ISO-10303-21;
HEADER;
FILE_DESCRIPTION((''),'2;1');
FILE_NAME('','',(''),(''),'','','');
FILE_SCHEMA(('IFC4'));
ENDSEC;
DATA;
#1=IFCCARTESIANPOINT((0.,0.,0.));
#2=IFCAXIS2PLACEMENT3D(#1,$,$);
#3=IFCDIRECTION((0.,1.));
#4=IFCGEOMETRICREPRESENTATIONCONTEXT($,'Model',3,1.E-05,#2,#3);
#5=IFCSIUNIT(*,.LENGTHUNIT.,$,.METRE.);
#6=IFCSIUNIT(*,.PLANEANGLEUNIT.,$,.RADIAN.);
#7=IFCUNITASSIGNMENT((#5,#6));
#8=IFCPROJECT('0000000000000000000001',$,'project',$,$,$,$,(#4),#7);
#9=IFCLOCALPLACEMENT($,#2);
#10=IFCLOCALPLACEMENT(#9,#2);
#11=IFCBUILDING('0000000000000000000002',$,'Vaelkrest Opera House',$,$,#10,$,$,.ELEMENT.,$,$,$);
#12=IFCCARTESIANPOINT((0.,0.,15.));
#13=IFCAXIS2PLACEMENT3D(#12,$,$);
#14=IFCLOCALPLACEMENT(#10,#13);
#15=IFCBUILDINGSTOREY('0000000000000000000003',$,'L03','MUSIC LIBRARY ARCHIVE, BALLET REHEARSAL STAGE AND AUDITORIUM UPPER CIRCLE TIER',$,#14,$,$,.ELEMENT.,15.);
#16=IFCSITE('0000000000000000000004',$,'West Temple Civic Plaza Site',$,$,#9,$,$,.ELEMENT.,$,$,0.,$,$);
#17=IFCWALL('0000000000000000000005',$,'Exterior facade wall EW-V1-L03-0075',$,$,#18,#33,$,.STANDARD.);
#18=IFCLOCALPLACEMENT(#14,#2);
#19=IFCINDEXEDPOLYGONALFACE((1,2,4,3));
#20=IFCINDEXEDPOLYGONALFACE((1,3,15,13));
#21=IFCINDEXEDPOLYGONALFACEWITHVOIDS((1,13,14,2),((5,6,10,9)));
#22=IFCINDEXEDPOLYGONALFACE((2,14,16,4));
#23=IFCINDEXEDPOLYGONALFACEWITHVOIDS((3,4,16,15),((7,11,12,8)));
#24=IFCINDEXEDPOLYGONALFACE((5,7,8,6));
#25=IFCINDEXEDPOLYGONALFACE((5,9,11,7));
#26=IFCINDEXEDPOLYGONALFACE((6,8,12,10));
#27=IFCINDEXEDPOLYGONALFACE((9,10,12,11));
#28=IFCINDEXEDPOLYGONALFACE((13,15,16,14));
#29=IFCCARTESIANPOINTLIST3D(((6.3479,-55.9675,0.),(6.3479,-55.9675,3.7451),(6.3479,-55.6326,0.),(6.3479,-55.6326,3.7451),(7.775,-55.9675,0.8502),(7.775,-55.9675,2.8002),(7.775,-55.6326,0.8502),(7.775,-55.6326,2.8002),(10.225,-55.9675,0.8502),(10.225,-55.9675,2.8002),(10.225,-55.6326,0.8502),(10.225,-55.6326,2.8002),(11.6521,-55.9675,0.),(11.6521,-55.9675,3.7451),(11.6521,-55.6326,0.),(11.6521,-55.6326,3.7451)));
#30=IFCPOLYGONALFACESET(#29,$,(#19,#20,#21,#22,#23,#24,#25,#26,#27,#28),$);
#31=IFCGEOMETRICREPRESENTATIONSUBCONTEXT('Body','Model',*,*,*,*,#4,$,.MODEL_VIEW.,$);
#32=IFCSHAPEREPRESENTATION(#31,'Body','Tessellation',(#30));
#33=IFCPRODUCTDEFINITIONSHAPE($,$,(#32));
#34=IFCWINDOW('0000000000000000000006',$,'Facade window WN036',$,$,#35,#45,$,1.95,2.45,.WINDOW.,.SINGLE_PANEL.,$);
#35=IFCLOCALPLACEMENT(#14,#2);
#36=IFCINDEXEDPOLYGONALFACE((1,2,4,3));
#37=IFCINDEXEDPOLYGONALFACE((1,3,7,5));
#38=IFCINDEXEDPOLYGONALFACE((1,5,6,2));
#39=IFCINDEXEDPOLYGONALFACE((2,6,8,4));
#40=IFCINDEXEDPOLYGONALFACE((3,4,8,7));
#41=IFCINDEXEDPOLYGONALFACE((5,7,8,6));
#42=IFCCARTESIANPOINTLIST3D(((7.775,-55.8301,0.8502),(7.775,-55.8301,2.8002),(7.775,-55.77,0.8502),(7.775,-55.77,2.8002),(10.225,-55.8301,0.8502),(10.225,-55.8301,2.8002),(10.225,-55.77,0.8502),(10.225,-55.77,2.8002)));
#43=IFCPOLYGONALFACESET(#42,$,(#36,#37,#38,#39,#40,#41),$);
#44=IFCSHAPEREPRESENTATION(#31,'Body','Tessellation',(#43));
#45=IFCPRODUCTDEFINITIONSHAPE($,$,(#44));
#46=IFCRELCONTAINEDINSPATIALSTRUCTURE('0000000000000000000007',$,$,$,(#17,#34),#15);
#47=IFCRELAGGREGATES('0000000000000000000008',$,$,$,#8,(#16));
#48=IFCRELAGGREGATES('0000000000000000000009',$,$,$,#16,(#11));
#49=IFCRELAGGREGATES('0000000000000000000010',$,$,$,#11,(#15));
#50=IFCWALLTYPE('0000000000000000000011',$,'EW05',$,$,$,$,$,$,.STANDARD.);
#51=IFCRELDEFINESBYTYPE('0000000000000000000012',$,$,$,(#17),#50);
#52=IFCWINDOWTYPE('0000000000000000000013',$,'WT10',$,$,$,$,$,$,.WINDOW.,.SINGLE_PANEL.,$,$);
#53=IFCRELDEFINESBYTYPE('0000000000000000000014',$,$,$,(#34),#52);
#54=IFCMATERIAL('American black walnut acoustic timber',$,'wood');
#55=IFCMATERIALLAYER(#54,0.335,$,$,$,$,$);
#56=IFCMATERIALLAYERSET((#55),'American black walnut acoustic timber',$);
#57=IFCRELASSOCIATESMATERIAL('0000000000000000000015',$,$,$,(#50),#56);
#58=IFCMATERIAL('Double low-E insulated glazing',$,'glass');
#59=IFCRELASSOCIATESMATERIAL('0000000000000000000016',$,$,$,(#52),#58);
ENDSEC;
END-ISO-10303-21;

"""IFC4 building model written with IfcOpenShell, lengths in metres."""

from ifc_helpers import new_model, si_unit, direction, frame, frame_2d, origin, place, context, subcontext, project, spatial, rectangle, extrude, material, layer, layer_set, type_object, element, fill, save


model = new_model("IFC4")

# Units and contexts
model_context = context("Model", 3, precision=1e-05, world=origin(), true_north=direction((0.0, 1.0)))
body_context = subcontext(model_context, "Body", "Model", "MODEL_VIEW")
ifc_project = project(units=[si_unit("LENGTHUNIT", "METRE"), si_unit("PLANEANGLEUNIT", "RADIAN")], contexts=[model_context])

# Site, building, storey
site_placement = place(None, origin())
site = spatial("IfcSite", under=ifc_project, at=site_placement, Name="West Temple Civic Plaza Site", CompositionType="ELEMENT", RefElevation=0.0)
building_placement = place(site_placement, origin())
building = spatial("IfcBuilding", under=site, at=building_placement, Name="Vaelkrest Opera House", CompositionType="ELEMENT")
storey_placement = place(building_placement, frame((0.0, 0.0, 15.0)))
storey = spatial("IfcBuildingStorey", under=building, at=storey_placement, Name="L03", Description="MUSIC LIBRARY ARCHIVE, BALLET REHEARSAL STAGE AND AUDITORIUM UPPER CIRCLE TIER", CompositionType="ELEMENT", Elevation=15.0)

# Wall, opening, window
ifc_material_1 = material(Name="American black walnut acoustic timber", Category="wood")
ifc_layer_1 = layer(ifc_material_1, 0.335)
ifc_layer_set_1 = layer_set([ifc_layer_1], Name="American black walnut acoustic timber")
wall_type = type_object("IfcWallType", Name="EW05", PredefinedType="STANDARD", material=ifc_layer_set_1)
wall_placement = place(storey_placement, frame((11.6521, -55.8, 0.0), z_axis=(0.0, 0.0, 1.0), x_axis=(-1.0, 0.0, 0.0)))
wall = element("IfcWall", 1, at=wall_placement, inside=storey, type_object=wall_type, Name="Exterior facade wall EW-V1-L03-0075", PredefinedType="STANDARD", context=body_context, shape_type="SweptSolid", body=[
    extrude(rectangle(XDim=5.3042, YDim=0.335, at=frame_2d((2.6521, 0.0))), origin(), (0.0, 0.0, 1.0), 3.7451),
])
opening_placement = place(wall_placement, frame((1.427, 0.0, 0.8501)))
opening = element("IfcOpeningElement", 2, at=opening_placement, cuts=wall, PredefinedType="OPENING", context=body_context, shape_type="SweptSolid", body=[
    extrude(rectangle(XDim=2.45, YDim=1.95, at=frame_2d((1.2251, 0.9751))), frame((0.0, 0.1775, 0.0), z_axis=(0.0, -1.0, 0.0), x_axis=(1.0, 0.0, 0.0)), (0.0, 0.0, 1.0), 0.355),
])
ifc_material_2 = material(Name="Double low-E insulated glazing", Category="glass")
window_type = type_object("IfcWindowType", Name="WT10", PartitioningType="SINGLE_PANEL", PredefinedType="WINDOW", material=ifc_material_2)
window_placement = place(opening_placement, origin())
window = element("IfcWindow", 3, at=window_placement, inside=storey, type_object=window_type, Name="Facade window WN036", OverallHeight=1.95, OverallWidth=2.45, PartitioningType="SINGLE_PANEL", PredefinedType="WINDOW", context=body_context, shape_type="SweptSolid", body=[
    extrude(rectangle(XDim=2.45, YDim=1.95, at=frame_2d((1.2251, 0.9751))), frame((0.0, 0.03, 0.0), z_axis=(0.0, -1.0, 0.0), x_axis=(1.0, 0.0, 0.0)), (0.0, 0.0, 1.0), 0.0601),
])
fill(opening, window)

save(model, "model.ifc")
